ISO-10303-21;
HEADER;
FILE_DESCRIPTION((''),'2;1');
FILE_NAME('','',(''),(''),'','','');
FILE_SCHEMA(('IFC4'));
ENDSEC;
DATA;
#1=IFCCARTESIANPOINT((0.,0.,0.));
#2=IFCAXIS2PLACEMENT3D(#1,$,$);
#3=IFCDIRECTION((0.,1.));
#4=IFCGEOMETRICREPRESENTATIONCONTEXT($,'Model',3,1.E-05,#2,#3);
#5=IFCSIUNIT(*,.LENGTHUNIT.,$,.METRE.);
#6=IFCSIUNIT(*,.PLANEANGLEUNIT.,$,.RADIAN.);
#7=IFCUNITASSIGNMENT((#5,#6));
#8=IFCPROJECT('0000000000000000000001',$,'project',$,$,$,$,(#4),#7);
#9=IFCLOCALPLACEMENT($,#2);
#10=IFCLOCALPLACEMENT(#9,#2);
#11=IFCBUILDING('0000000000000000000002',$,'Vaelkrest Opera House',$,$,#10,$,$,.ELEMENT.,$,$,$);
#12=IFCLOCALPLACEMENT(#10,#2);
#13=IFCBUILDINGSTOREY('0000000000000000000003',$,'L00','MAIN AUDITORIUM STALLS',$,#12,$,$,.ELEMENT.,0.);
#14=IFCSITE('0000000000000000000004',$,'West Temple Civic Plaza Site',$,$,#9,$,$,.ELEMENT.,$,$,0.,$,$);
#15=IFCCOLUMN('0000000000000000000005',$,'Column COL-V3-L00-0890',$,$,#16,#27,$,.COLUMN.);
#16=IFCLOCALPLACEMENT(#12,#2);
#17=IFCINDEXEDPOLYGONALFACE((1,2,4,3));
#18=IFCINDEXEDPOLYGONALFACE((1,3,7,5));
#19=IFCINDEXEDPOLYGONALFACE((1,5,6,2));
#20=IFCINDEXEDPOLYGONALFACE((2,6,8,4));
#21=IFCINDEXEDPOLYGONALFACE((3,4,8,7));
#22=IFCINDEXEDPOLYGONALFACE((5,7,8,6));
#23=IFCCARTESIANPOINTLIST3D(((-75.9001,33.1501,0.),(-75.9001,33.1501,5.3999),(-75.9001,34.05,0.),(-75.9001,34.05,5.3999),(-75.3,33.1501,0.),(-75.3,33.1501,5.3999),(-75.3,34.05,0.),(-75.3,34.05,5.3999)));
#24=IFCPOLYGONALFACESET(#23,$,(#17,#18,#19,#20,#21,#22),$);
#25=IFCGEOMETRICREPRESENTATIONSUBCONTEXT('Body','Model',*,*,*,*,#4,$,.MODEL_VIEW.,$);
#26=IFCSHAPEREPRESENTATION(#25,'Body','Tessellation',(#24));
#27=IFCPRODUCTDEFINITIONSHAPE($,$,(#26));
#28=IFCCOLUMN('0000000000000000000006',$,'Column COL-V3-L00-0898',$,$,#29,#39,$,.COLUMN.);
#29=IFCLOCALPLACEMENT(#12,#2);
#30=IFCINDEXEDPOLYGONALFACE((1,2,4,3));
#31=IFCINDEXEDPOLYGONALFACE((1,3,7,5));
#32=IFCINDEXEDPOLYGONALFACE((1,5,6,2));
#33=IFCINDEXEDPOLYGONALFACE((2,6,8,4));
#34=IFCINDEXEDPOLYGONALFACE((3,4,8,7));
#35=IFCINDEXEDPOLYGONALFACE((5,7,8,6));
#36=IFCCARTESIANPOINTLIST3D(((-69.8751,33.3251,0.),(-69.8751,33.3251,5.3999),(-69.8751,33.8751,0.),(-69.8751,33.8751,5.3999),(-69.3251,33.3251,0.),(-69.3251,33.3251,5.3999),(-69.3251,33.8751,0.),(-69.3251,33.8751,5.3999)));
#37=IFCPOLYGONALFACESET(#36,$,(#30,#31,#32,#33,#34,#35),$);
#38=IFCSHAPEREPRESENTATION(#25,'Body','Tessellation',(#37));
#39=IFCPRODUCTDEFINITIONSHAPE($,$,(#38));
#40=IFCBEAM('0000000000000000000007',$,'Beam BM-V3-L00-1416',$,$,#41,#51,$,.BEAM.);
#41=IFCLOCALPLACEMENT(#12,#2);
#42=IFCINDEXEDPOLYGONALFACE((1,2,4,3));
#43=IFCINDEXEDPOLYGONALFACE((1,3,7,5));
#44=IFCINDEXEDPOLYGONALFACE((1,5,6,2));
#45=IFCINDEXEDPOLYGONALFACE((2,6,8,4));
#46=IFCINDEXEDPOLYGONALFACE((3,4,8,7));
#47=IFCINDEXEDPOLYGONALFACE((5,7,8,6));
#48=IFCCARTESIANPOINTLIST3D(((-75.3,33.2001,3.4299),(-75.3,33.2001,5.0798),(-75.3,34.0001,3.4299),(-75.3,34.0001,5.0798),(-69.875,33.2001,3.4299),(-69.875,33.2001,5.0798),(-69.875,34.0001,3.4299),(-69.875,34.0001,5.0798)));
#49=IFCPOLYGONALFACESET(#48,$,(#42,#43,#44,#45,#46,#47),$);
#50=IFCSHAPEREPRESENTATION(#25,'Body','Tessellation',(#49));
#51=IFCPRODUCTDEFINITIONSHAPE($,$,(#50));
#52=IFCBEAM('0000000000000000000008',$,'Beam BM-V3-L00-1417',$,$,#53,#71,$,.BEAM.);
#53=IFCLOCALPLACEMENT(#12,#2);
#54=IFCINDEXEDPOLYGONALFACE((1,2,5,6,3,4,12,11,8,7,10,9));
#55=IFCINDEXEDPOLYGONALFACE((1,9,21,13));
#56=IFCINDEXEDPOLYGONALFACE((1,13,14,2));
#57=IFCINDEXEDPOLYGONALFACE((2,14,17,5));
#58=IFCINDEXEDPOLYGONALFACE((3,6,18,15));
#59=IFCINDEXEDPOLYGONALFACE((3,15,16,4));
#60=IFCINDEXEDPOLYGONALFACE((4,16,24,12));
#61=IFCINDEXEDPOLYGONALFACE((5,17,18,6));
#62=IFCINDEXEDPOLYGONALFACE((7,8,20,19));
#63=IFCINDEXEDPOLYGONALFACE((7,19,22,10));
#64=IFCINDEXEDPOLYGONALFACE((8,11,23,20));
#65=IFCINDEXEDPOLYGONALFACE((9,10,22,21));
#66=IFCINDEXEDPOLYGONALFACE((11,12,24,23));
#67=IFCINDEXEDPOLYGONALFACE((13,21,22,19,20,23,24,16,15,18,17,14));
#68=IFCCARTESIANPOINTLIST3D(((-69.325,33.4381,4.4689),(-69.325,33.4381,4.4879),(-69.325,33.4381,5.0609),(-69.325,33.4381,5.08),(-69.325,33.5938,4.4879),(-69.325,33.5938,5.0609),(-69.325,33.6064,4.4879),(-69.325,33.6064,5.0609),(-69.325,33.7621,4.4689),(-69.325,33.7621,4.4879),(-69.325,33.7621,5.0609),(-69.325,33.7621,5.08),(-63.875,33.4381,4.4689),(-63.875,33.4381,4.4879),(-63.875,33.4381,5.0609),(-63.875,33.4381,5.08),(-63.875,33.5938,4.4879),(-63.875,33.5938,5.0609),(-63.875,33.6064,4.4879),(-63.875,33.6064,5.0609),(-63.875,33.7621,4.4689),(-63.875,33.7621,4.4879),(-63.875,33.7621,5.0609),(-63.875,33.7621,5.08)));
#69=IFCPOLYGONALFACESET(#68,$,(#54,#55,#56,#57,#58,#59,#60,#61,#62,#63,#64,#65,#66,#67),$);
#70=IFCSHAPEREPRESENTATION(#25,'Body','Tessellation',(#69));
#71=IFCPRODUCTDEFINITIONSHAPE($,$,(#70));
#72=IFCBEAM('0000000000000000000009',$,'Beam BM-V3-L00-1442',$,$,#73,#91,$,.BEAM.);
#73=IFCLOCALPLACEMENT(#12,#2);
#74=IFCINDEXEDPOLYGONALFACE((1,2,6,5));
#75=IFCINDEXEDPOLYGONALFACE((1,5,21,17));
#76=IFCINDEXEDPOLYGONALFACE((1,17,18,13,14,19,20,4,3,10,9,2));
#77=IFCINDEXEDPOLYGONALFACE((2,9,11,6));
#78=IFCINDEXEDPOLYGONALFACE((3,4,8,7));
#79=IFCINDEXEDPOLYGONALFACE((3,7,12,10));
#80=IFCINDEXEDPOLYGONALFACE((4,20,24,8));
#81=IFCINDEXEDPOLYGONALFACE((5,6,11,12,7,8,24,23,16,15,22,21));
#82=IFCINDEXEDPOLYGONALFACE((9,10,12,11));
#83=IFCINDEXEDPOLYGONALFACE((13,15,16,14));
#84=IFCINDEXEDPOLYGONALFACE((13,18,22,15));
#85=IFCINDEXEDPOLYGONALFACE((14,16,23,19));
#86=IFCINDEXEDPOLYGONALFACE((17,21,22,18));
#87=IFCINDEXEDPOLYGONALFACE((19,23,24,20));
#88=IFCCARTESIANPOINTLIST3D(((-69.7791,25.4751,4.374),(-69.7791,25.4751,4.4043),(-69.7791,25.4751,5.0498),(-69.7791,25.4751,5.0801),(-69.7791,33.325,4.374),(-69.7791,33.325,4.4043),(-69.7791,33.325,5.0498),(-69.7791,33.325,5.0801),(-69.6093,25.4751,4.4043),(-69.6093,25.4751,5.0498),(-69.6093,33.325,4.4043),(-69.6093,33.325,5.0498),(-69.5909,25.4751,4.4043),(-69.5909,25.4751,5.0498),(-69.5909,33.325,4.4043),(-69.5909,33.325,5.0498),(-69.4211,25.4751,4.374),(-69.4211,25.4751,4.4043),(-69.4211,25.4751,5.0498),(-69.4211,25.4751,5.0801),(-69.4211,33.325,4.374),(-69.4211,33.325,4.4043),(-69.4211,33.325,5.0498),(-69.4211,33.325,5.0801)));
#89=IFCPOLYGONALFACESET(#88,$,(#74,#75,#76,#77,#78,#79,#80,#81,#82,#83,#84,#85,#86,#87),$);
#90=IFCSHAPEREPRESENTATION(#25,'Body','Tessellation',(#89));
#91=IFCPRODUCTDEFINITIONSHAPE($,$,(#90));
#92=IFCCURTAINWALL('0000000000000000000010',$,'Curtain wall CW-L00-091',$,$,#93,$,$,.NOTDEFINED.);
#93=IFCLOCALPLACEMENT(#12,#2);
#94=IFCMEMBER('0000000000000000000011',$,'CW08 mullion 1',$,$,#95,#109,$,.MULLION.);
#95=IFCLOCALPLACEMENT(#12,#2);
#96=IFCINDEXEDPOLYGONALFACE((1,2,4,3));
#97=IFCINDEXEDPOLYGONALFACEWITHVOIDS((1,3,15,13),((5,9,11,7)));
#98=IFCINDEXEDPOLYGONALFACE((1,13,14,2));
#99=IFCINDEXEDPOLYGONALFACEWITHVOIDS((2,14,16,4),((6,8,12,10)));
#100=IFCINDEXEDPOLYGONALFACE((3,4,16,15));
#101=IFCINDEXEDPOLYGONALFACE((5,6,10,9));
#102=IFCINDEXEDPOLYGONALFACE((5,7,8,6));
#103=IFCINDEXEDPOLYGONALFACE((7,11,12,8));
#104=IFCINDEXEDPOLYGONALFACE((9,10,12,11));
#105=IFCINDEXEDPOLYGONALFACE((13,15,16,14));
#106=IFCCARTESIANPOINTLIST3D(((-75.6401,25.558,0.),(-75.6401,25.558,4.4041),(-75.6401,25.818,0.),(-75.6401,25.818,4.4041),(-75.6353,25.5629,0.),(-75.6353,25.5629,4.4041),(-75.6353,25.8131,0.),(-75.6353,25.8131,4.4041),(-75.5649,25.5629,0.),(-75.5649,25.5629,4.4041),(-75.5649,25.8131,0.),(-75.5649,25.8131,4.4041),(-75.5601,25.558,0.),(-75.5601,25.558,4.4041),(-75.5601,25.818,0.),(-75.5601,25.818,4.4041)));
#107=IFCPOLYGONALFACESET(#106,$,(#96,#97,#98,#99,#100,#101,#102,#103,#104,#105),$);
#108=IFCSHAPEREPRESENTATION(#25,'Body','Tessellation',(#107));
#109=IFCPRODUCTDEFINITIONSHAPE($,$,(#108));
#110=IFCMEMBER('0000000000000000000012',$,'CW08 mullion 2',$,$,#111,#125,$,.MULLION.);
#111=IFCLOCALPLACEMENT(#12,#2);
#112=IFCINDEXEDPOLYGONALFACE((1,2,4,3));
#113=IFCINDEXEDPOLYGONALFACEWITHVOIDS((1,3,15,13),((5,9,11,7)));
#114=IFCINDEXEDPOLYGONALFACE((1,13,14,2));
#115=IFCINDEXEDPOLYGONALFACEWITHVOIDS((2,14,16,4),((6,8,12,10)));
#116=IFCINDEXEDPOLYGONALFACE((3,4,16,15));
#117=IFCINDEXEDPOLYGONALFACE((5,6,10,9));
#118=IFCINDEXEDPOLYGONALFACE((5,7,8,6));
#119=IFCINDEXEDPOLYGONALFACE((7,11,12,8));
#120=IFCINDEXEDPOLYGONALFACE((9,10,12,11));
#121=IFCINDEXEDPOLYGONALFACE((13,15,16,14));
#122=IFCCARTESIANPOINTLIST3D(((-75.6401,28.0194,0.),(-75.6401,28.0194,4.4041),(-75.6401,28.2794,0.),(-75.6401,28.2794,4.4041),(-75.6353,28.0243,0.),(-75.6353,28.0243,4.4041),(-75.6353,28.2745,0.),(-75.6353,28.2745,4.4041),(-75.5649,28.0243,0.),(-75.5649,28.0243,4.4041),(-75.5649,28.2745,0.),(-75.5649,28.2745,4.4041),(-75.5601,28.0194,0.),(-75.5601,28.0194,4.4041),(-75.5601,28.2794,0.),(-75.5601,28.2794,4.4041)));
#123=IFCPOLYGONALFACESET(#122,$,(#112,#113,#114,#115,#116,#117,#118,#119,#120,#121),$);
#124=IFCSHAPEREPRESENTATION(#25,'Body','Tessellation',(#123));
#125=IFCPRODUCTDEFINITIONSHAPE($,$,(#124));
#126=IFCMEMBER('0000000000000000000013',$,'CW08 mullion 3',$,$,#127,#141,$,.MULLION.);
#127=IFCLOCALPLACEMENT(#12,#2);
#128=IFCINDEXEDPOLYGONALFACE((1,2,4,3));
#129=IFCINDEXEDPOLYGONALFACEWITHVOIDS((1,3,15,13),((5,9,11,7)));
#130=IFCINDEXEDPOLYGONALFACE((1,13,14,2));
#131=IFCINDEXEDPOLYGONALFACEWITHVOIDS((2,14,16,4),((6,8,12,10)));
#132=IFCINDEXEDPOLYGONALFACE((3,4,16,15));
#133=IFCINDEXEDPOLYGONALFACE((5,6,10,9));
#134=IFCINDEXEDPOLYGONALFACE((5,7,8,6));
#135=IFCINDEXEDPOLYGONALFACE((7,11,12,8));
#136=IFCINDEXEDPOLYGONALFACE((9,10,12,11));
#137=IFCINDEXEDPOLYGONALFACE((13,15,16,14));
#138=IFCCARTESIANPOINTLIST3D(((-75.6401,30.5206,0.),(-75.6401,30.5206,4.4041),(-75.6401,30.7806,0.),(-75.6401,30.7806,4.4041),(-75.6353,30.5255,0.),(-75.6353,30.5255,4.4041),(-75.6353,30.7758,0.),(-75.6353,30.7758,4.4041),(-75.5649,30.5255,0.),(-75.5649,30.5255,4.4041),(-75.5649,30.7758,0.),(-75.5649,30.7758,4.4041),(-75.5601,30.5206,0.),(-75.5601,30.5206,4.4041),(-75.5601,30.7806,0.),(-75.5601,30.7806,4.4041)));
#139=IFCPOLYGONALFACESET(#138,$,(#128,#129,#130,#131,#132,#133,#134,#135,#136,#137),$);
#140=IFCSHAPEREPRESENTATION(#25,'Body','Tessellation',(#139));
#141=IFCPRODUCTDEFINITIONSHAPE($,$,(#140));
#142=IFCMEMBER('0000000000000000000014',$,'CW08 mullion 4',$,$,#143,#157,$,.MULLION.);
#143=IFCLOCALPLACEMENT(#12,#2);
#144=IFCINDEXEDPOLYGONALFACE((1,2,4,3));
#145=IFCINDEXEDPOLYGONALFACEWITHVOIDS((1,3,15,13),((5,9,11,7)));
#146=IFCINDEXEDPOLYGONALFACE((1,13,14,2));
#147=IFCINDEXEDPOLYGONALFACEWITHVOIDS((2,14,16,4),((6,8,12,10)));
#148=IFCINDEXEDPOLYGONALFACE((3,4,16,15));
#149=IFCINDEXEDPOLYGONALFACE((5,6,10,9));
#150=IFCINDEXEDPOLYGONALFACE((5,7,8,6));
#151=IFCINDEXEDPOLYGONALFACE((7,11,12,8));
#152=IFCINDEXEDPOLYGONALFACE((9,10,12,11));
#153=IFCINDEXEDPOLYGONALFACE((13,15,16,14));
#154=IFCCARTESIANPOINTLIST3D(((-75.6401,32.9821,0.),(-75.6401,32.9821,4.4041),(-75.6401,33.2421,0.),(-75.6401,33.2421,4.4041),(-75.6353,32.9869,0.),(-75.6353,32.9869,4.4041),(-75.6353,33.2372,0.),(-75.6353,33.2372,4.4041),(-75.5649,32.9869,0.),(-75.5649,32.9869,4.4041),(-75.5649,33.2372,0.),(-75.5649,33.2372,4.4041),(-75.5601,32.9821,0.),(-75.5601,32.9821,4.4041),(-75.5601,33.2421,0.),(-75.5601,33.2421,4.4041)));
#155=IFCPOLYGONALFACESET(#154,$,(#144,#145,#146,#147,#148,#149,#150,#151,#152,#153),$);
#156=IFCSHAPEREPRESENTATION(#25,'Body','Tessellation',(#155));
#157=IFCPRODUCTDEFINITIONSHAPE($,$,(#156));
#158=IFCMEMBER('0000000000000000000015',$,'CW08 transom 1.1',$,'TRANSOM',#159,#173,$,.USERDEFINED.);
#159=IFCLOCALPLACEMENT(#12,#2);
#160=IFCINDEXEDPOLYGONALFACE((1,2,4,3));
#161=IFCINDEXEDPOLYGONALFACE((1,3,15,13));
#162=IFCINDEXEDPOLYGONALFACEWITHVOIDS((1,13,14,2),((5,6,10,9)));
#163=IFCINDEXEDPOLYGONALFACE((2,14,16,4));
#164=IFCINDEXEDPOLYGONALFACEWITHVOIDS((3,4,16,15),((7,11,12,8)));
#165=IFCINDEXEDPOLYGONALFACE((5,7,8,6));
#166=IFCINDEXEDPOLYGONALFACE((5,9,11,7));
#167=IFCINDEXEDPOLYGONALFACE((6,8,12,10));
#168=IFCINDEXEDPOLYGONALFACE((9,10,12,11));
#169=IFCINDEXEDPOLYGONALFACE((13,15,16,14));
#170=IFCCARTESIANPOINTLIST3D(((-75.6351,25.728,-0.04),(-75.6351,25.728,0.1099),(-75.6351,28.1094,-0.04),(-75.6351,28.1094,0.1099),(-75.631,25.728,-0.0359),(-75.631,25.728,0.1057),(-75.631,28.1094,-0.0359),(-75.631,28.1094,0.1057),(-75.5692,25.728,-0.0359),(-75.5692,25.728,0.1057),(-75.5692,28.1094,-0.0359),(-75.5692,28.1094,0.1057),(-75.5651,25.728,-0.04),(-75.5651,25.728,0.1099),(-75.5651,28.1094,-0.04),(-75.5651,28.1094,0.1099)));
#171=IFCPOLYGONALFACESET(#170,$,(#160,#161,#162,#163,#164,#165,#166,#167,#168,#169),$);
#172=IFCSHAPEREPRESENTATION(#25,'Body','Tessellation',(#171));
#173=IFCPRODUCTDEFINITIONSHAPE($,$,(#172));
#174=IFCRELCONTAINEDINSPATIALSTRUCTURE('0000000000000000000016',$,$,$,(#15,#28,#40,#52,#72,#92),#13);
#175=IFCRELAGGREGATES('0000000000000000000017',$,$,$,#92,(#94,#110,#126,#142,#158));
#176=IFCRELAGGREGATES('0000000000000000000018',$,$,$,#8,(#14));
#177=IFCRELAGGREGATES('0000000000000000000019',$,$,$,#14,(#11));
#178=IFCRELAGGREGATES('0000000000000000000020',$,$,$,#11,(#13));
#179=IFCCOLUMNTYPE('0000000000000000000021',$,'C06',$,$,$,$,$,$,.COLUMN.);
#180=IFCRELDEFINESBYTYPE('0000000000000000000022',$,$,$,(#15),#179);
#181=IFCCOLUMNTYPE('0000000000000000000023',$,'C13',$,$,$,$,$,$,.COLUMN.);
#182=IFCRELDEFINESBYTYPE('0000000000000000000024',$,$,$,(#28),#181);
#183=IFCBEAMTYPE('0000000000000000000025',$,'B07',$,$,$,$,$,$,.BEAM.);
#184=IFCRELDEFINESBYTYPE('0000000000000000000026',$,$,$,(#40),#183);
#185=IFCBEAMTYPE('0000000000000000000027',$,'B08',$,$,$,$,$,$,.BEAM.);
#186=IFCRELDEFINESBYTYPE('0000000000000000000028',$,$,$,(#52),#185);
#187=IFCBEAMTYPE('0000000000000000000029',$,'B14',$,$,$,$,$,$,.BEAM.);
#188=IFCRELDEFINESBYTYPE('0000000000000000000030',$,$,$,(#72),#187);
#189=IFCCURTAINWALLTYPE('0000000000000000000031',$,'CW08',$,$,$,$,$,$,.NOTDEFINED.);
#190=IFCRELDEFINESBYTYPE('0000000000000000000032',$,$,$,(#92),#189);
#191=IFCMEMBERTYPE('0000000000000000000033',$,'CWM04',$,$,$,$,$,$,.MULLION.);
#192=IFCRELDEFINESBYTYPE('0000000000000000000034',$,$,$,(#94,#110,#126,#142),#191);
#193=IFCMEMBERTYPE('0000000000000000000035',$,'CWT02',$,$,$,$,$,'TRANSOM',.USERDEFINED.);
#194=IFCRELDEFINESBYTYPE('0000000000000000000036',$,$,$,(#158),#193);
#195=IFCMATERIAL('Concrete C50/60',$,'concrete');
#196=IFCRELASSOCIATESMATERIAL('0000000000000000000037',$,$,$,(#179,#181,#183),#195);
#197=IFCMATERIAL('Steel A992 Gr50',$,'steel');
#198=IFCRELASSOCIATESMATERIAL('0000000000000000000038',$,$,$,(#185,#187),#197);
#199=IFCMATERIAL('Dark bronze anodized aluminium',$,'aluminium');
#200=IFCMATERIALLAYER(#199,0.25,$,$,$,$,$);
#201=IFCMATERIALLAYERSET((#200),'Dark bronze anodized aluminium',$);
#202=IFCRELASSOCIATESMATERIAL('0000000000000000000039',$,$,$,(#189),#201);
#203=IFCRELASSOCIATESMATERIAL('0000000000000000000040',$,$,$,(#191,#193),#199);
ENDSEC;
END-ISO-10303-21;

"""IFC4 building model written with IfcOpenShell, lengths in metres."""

from ifc_helpers import new_model, si_unit, direction, frame, origin, origin_2d, place, context, subcontext, project, spatial, rectangle, hollow_rectangle, i_section, extrude, material, layer, layer_set, material_profile, profile_set, type_object, element, aggregate, save


model = new_model("IFC4")

# Units and contexts
model_context = context("Model", 3, precision=1e-05, world=origin(), true_north=direction((0.0, 1.0)))
body_context = subcontext(model_context, "Body", "Model", "MODEL_VIEW")
ifc_project = project(units=[si_unit("LENGTHUNIT", "METRE"), si_unit("PLANEANGLEUNIT", "RADIAN")], contexts=[model_context])

# Site, building, storey
site_placement = place(None, origin())
site = spatial("IfcSite", under=ifc_project, at=site_placement, Name="West Temple Civic Plaza Site", CompositionType="ELEMENT", RefElevation=0.0)
building_placement = place(site_placement, origin())
building = spatial("IfcBuilding", under=site, at=building_placement, Name="Vaelkrest Opera House", CompositionType="ELEMENT")
storey_placement = place(building_placement, origin())
storey = spatial("IfcBuildingStorey", under=building, at=storey_placement, Name="L00", Description="MAIN AUDITORIUM STALLS", CompositionType="ELEMENT", Elevation=0.0)

# Columns
ifc_material_1 = material(Name="Concrete C50/60", Category="concrete")
ifc_material_profile_1 = material_profile(ifc_material_1, rectangle(XDim=0.6001, YDim=0.8999, at=origin_2d()), Name="RC600X900")
ifc_profile_set_1 = profile_set([ifc_material_profile_1], Name="Concrete C50/60")
column_type_1 = type_object("IfcColumnType", Name="C06", PredefinedType="COLUMN", material=ifc_profile_set_1)
column_1_placement = place(storey_placement, frame((-75.6001, 33.6001, 0.0), z_axis=(0.0, 0.0, 1.0), x_axis=(1.0, 0.0, 0.0)))
element("IfcColumn", 1, at=column_1_placement, inside=storey, type_object=column_type_1, Name="Column COL-V3-L00-0890", PredefinedType="COLUMN", context=body_context, shape_type="SweptSolid", body=[
    extrude(rectangle(XDim=0.6001, YDim=0.8999, at=origin_2d()), origin(), (0.0, 0.0, 1.0), 5.3999),
])
ifc_material_profile_2 = material_profile(ifc_material_1, rectangle(XDim=0.55, YDim=0.55, at=origin_2d()), Name="RC550X550")
ifc_profile_set_2 = profile_set([ifc_material_profile_2], Name="Concrete C50/60")
column_type_2 = type_object("IfcColumnType", Name="C13", PredefinedType="COLUMN", material=ifc_profile_set_2)
column_2_placement = place(storey_placement, frame((-69.6001, 33.6001, 0.0), z_axis=(0.0, 0.0, 1.0), x_axis=(1.0, 0.0, 0.0)))
element("IfcColumn", 2, at=column_2_placement, inside=storey, type_object=column_type_2, Name="Column COL-V3-L00-0898", PredefinedType="COLUMN", context=body_context, shape_type="SweptSolid", body=[
    extrude(rectangle(XDim=0.55, YDim=0.55, at=origin_2d()), origin(), (0.0, 0.0, 1.0), 5.3999),
])

# Beams
ifc_material_profile_3 = material_profile(ifc_material_1, rectangle(XDim=0.8, YDim=1.6499, at=origin_2d()), Name="RCB800X1650")
ifc_profile_set_3 = profile_set([ifc_material_profile_3], Name="Concrete C50/60")
beam_type_1 = type_object("IfcBeamType", Name="B07", PredefinedType="BEAM", material=ifc_profile_set_3)
beam_1_placement = place(storey_placement, frame((-75.3, 33.6001, 4.2549), z_axis=(1.0, 0.0, 0.0), x_axis=(0.0, 1.0, 0.0)))
element("IfcBeam", 3, at=beam_1_placement, inside=storey, type_object=beam_type_1, Name="Beam BM-V3-L00-1416", PredefinedType="BEAM", context=body_context, shape_type="SweptSolid", body=[
    extrude(rectangle(XDim=0.8, YDim=1.6499, at=origin_2d()), origin(), (0.0, 0.0, 1.0), 5.425),
])
ifc_material_2 = material(Name="Steel A992 Gr50", Category="steel")
ifc_material_profile_4 = material_profile(ifc_material_2, i_section(OverallWidth=0.324, OverallDepth=0.6111, WebThickness=0.0127, FlangeThickness=0.019, at=origin_2d()), Name="W24X104")
ifc_profile_set_4 = profile_set([ifc_material_profile_4], Name="Steel A992 Gr50")
beam_type_2 = type_object("IfcBeamType", Name="B08", PredefinedType="BEAM", material=ifc_profile_set_4)
beam_2_placement = place(storey_placement, frame((-69.325, 33.6001, 4.7744), z_axis=(1.0, 0.0, 0.0), x_axis=(0.0, 1.0, 0.0)))
element("IfcBeam", 4, at=beam_2_placement, inside=storey, type_object=beam_type_2, Name="Beam BM-V3-L00-1417", PredefinedType="BEAM", context=body_context, shape_type="SweptSolid", body=[
    extrude(i_section(OverallWidth=0.324, OverallDepth=0.6111, WebThickness=0.0127, FlangeThickness=0.019, at=origin_2d()), origin(), (0.0, 0.0, 1.0), 5.45),
])
ifc_material_profile_5 = material_profile(ifc_material_2, i_section(OverallWidth=0.3579, OverallDepth=0.7061, WebThickness=0.0183, FlangeThickness=0.0303, at=origin_2d()), Name="W27X178")
ifc_profile_set_5 = profile_set([ifc_material_profile_5], Name="Steel A992 Gr50")
beam_type_3 = type_object("IfcBeamType", Name="B14", PredefinedType="BEAM", material=ifc_profile_set_5)
beam_3_placement = place(storey_placement, frame((-69.6001, 25.4751, 4.7271), z_axis=(0.0, 1.0, 0.0), x_axis=(-1.0, 0.0, 0.0)))
element("IfcBeam", 5, at=beam_3_placement, inside=storey, type_object=beam_type_3, Name="Beam BM-V3-L00-1442", PredefinedType="BEAM", context=body_context, shape_type="SweptSolid", body=[
    extrude(i_section(OverallWidth=0.3579, OverallDepth=0.7061, WebThickness=0.0183, FlangeThickness=0.0303, at=origin_2d()), origin(), (0.0, 0.0, 1.0), 7.8499),
])

# Curtain wall, members
ifc_material_3 = material(Name="Dark bronze anodized aluminium", Category="aluminium")
ifc_layer_1 = layer(ifc_material_3, 0.25)
ifc_layer_set_1 = layer_set([ifc_layer_1], Name="Dark bronze anodized aluminium")
curtain_wall_type = type_object("IfcCurtainWallType", Name="CW08", PredefinedType="NOTDEFINED", material=ifc_layer_set_1)
curtain_wall_placement = place(storey_placement, origin())
curtain_wall = element("IfcCurtainWall", 6, at=curtain_wall_placement, inside=storey, type_object=curtain_wall_type, Name="Curtain wall CW-L00-091", PredefinedType="NOTDEFINED")
ifc_material_profile_6 = material_profile(ifc_material_3, hollow_rectangle(XDim=0.0801, YDim=0.26, WallThickness=0.0049, at=origin_2d()), Name="CWM80X260")
ifc_profile_set_6 = profile_set([ifc_material_profile_6], Name="Dark bronze anodized aluminium")
member_type_1 = type_object("IfcMemberType", Name="CWM04", PredefinedType="MULLION", material=ifc_profile_set_6)
member_1_placement = place(storey_placement, frame((-75.6001, 25.688, 0.0), z_axis=(0.0, 0.0, 1.0), x_axis=(-1.0, 0.0, 0.0)))
member_1 = element("IfcMember", 7, at=member_1_placement, type_object=member_type_1, Name="CW08 mullion 1", PredefinedType="MULLION", context=body_context, shape_type="SweptSolid", body=[
    extrude(hollow_rectangle(XDim=0.0801, YDim=0.26, WallThickness=0.0049, at=origin_2d()), origin(), (0.0, 0.0, 1.0), 4.4041),
])
member_2_placement = place(storey_placement, frame((-75.6001, 28.1494, 0.0), z_axis=(0.0, 0.0, 1.0), x_axis=(-1.0, 0.0, 0.0)))
member_2 = element("IfcMember", 8, at=member_2_placement, type_object=member_type_1, Name="CW08 mullion 2", PredefinedType="MULLION", context=body_context, shape_type="SweptSolid", body=[
    extrude(hollow_rectangle(XDim=0.0801, YDim=0.26, WallThickness=0.0049, at=origin_2d()), origin(), (0.0, 0.0, 1.0), 4.4041),
])
member_3_placement = place(storey_placement, frame((-75.6001, 30.6506, 0.0), z_axis=(0.0, 0.0, 1.0), x_axis=(-1.0, 0.0, 0.0)))
member_3 = element("IfcMember", 9, at=member_3_placement, type_object=member_type_1, Name="CW08 mullion 3", PredefinedType="MULLION", context=body_context, shape_type="SweptSolid", body=[
    extrude(hollow_rectangle(XDim=0.0801, YDim=0.26, WallThickness=0.0049, at=origin_2d()), origin(), (0.0, 0.0, 1.0), 4.4041),
])
member_4_placement = place(storey_placement, frame((-75.6001, 33.1121, 0.0), z_axis=(0.0, 0.0, 1.0), x_axis=(-1.0, 0.0, 0.0)))
member_4 = element("IfcMember", 10, at=member_4_placement, type_object=member_type_1, Name="CW08 mullion 4", PredefinedType="MULLION", context=body_context, shape_type="SweptSolid", body=[
    extrude(hollow_rectangle(XDim=0.0801, YDim=0.26, WallThickness=0.0049, at=origin_2d()), origin(), (0.0, 0.0, 1.0), 4.4041),
])
ifc_material_profile_7 = material_profile(ifc_material_3, hollow_rectangle(XDim=0.0701, YDim=0.1499, WallThickness=0.0042, at=origin_2d()), Name="CWT70X150")
ifc_profile_set_7 = profile_set([ifc_material_profile_7], Name="Dark bronze anodized aluminium")
member_type_2 = type_object("IfcMemberType", Name="CWT02", ElementType="TRANSOM", PredefinedType="USERDEFINED", material=ifc_profile_set_7)
member_5_placement = place(storey_placement, frame((-75.6001, 25.728, 0.0349), z_axis=(0.0, 1.0, 0.0), x_axis=(-1.0, 0.0, 0.0)))
member_5 = element("IfcMember", 11, at=member_5_placement, type_object=member_type_2, Name="CW08 transom 1.1", ObjectType="TRANSOM", PredefinedType="USERDEFINED", context=body_context, shape_type="SweptSolid", body=[
    extrude(hollow_rectangle(XDim=0.0701, YDim=0.1499, WallThickness=0.0042, at=origin_2d()), origin(), (0.0, 0.0, 1.0), 2.3813),
])

aggregate(curtain_wall, [member_1, member_2, member_3, member_4, member_5])

save(model, "model.ifc")
